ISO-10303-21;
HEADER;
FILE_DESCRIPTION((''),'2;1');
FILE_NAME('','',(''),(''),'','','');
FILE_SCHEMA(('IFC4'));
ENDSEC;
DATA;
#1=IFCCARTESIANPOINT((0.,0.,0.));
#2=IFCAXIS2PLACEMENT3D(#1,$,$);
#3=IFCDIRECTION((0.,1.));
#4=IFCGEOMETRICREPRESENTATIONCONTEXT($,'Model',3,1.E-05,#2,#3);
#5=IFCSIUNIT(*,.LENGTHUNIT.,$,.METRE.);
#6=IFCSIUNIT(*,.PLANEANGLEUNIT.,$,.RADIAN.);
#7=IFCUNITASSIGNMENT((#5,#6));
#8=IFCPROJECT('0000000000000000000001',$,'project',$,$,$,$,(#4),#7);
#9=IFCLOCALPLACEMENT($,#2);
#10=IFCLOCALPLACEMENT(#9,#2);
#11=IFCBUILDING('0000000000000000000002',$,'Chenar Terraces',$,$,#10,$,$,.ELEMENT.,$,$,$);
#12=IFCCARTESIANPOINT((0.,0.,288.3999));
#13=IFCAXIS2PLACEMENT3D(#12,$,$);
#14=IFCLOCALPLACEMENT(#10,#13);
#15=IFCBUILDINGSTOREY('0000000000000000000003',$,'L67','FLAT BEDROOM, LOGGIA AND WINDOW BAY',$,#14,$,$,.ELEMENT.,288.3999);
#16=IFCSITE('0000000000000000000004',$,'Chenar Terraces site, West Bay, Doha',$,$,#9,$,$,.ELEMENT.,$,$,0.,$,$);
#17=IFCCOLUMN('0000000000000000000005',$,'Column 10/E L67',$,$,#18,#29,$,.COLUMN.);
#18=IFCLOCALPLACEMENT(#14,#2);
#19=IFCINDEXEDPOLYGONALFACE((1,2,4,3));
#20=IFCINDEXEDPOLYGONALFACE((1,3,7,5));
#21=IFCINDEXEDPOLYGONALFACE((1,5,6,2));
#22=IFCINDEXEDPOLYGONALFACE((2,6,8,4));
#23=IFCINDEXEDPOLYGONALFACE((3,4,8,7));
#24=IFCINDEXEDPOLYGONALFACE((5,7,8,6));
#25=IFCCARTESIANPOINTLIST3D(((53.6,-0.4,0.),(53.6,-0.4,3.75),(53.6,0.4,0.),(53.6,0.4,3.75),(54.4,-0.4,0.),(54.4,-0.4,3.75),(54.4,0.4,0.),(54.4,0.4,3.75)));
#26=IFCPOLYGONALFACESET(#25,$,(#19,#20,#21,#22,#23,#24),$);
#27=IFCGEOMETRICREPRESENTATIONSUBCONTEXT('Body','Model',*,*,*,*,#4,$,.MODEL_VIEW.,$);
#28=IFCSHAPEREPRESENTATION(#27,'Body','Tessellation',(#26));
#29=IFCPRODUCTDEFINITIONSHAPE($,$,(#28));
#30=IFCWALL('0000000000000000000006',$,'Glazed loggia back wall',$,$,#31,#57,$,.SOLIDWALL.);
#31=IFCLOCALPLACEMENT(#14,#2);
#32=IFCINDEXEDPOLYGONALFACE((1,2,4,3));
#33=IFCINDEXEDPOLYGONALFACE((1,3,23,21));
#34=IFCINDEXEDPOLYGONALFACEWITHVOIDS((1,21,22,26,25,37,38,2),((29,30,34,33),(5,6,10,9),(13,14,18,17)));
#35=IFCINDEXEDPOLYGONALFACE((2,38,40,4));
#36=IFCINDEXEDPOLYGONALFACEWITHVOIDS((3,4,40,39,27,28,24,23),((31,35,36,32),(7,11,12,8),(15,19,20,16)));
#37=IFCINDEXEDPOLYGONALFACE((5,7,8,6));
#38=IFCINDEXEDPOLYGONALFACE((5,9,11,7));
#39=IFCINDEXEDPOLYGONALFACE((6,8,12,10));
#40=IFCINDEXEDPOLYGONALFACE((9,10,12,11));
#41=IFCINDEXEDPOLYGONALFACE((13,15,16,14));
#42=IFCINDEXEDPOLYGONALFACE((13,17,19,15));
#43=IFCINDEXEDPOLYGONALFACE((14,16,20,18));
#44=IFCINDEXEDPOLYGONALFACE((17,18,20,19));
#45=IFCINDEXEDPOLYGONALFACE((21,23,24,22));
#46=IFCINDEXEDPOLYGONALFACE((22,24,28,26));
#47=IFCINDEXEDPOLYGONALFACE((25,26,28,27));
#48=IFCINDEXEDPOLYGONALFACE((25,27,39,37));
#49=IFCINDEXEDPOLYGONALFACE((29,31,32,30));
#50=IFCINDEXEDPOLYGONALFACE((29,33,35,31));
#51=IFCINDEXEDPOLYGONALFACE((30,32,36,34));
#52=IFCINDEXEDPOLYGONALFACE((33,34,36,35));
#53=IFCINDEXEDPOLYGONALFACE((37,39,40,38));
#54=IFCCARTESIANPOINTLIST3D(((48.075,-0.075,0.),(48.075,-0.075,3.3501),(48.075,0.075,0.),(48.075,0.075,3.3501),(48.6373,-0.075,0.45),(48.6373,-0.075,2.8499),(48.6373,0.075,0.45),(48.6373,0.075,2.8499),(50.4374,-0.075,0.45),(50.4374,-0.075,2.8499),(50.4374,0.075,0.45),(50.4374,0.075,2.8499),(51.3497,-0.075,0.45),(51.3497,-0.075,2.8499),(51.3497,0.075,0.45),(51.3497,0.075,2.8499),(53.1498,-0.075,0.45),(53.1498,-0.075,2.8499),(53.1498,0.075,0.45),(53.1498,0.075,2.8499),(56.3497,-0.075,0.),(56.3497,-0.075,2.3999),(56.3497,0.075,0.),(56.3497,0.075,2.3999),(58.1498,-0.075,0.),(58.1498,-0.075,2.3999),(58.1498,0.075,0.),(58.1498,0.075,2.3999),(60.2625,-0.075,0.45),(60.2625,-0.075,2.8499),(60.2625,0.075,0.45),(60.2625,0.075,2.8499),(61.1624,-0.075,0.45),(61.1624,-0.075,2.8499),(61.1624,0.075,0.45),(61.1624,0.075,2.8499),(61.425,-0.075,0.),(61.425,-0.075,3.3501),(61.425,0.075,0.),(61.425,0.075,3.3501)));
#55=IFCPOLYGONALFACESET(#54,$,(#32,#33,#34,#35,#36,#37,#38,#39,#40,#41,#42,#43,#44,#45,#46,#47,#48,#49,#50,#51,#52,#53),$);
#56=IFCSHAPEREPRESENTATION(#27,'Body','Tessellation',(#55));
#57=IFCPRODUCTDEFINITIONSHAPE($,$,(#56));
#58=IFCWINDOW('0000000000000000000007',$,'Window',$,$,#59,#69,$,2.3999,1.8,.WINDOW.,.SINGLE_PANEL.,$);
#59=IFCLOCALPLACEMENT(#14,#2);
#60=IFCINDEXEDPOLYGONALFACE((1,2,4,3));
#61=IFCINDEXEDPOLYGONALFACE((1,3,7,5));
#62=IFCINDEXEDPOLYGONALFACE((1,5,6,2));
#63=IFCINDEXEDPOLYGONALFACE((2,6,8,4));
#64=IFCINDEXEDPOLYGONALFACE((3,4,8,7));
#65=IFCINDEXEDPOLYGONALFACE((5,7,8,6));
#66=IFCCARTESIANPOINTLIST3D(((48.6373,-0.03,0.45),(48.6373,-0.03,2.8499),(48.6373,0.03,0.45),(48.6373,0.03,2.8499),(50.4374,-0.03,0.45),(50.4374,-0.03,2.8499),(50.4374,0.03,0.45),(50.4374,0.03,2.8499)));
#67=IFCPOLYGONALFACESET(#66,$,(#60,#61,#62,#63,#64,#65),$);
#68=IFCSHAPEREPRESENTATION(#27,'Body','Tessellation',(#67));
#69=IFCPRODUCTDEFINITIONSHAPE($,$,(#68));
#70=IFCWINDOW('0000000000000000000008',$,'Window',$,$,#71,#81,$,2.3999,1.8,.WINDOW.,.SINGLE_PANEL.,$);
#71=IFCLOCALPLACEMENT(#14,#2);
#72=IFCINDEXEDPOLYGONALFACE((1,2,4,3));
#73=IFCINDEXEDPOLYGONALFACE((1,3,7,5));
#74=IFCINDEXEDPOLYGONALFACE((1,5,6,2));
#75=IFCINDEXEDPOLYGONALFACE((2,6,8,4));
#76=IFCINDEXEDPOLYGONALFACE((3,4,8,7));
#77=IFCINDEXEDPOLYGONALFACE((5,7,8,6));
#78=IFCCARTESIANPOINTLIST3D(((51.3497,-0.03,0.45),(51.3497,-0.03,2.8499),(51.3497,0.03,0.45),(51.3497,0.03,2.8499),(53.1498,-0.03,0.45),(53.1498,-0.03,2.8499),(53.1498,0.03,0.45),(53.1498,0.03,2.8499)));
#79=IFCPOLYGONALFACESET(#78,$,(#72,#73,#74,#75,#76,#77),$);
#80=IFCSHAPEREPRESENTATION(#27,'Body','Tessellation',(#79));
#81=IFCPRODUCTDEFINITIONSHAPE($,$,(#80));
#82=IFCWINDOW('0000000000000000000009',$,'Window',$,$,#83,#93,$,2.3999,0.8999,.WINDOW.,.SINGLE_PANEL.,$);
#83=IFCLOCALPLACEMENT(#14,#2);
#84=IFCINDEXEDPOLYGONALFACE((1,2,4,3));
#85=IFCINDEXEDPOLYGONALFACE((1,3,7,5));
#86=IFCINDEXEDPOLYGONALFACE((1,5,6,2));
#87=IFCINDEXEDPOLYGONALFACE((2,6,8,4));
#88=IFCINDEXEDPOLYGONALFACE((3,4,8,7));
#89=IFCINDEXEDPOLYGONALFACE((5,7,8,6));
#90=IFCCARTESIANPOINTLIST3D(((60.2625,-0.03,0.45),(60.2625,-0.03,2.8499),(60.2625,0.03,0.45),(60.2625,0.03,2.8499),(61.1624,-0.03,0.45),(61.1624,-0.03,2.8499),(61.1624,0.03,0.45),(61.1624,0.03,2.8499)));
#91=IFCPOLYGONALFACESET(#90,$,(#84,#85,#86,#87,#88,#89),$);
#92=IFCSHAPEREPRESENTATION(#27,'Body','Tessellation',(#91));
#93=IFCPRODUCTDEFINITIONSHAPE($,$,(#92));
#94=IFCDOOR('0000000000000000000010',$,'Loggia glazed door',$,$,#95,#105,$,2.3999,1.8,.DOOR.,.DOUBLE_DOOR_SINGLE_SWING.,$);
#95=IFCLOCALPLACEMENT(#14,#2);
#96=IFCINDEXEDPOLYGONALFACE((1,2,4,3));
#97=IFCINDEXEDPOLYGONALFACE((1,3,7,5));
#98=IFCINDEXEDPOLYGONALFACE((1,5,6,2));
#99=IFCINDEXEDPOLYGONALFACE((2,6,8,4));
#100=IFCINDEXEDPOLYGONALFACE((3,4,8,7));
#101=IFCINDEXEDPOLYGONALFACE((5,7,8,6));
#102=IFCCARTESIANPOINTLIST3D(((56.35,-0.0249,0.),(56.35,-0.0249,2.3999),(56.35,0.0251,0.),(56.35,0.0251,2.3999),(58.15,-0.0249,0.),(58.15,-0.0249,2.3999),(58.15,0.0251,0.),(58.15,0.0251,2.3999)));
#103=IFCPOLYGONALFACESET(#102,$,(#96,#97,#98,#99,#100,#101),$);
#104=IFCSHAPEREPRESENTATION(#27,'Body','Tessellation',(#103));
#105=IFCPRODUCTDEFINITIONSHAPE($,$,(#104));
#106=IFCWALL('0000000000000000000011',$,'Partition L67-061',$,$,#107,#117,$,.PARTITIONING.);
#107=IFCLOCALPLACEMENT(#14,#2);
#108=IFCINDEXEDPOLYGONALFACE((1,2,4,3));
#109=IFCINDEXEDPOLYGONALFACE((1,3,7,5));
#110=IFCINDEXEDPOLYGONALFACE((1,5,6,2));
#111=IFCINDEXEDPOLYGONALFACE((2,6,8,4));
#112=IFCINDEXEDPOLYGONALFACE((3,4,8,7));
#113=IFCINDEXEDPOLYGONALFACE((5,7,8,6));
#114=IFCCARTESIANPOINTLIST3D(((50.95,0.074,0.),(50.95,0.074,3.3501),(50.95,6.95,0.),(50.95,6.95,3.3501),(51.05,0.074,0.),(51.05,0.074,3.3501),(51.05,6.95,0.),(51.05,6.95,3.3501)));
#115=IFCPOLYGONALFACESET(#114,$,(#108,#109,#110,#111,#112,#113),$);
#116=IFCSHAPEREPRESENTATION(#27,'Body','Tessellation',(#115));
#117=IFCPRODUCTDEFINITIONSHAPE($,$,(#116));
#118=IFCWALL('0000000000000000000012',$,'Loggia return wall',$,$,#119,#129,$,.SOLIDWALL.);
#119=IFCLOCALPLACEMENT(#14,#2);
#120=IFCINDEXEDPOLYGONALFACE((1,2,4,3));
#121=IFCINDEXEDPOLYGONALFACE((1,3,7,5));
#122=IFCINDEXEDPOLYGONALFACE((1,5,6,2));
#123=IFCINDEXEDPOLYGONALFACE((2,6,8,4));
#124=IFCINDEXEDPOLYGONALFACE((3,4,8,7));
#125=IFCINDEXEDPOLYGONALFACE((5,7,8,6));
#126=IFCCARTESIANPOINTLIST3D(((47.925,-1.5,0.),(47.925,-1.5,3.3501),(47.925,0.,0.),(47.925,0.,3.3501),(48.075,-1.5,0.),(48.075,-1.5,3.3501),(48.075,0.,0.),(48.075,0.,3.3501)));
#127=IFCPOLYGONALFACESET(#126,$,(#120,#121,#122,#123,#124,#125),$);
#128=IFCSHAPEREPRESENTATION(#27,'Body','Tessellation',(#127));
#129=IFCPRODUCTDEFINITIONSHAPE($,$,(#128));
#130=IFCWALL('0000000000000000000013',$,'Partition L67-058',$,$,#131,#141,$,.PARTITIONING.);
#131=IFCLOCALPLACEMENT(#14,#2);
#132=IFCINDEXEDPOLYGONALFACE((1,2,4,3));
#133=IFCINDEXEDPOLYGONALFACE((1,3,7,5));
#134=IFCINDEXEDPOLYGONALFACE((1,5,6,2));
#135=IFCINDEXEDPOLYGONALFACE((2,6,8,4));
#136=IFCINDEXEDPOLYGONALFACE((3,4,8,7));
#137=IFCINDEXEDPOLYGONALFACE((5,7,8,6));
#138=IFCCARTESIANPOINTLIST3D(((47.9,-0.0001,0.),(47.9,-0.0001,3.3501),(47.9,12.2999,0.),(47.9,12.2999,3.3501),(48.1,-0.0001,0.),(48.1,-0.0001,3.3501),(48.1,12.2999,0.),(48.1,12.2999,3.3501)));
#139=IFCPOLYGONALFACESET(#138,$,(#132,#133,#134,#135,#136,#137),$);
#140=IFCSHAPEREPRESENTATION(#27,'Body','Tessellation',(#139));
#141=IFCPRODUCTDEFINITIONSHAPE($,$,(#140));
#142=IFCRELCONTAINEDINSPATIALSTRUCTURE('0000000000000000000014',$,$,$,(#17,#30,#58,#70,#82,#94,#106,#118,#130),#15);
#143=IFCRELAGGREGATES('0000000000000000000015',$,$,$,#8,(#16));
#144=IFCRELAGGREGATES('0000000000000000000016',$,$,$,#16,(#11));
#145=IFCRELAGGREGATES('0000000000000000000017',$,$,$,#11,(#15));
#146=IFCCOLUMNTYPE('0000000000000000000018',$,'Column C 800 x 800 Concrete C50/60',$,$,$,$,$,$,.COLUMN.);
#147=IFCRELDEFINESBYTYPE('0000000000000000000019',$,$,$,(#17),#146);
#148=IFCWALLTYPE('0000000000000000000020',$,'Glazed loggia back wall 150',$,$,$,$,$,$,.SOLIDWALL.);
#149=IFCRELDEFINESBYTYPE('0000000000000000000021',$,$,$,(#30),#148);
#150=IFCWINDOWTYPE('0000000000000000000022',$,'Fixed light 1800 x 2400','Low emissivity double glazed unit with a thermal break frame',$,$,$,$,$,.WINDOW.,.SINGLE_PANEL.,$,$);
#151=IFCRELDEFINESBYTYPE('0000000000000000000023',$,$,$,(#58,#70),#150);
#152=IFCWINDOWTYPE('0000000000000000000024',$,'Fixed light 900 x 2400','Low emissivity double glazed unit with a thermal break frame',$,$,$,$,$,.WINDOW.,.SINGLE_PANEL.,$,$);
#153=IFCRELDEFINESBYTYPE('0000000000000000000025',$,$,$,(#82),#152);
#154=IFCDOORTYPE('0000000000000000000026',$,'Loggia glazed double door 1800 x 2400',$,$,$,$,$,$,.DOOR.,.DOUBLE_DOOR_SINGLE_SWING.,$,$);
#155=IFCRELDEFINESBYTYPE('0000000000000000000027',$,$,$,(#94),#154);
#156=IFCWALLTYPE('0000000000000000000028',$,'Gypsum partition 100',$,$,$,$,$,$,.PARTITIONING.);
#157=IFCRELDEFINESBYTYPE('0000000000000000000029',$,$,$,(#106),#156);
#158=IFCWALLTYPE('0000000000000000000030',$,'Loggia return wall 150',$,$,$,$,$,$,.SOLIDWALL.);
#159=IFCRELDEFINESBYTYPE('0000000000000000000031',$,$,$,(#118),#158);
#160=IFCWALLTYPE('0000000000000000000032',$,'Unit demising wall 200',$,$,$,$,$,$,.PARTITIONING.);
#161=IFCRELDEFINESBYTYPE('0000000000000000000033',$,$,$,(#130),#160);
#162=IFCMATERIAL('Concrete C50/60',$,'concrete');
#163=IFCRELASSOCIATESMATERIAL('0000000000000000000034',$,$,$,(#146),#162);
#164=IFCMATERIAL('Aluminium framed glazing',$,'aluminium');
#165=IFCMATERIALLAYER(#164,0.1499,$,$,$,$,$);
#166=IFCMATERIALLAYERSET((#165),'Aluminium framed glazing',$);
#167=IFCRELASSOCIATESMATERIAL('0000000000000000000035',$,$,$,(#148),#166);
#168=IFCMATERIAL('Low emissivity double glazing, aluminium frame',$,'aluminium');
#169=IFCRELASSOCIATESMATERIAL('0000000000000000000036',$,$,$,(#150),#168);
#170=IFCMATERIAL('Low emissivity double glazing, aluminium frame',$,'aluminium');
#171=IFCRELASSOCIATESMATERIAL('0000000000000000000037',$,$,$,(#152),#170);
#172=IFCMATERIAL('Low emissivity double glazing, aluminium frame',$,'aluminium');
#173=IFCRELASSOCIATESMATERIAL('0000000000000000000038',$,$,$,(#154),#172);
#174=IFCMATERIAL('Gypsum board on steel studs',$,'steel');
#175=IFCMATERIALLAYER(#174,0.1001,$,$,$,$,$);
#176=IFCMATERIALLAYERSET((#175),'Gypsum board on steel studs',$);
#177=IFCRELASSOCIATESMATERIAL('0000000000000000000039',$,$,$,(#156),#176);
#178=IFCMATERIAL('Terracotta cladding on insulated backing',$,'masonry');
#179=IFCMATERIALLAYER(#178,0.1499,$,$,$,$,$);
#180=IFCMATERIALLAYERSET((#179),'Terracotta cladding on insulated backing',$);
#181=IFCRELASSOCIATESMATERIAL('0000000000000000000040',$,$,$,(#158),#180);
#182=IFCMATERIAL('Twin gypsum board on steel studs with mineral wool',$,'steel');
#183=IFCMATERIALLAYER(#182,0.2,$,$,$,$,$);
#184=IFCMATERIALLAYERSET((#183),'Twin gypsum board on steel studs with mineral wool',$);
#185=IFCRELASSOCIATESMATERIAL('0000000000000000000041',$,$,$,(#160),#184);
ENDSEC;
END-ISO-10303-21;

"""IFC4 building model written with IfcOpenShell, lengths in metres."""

from ifc_helpers import new_model, si_unit, direction, frame, frame_2d, origin, origin_2d, place, context, subcontext, project, spatial, rectangle, extrude, material, layer, layer_set, material_profile, profile_set, type_object, element, fill, save


model = new_model("IFC4")

# Units and contexts
model_context = context("Model", 3, precision=1e-05, world=origin(), true_north=direction((0.0, 1.0)))
body_context = subcontext(model_context, "Body", "Model", "MODEL_VIEW")
ifc_project = project(units=[si_unit("LENGTHUNIT", "METRE"), si_unit("PLANEANGLEUNIT", "RADIAN")], contexts=[model_context])

# Site, building, storey
site_placement = place(None, origin())
site = spatial("IfcSite", under=ifc_project, at=site_placement, Name="Chenar Terraces site, West Bay, Doha", CompositionType="ELEMENT", RefElevation=0.0)
building_placement = place(site_placement, origin())
building = spatial("IfcBuilding", under=site, at=building_placement, Name="Chenar Terraces", CompositionType="ELEMENT")
storey_placement = place(building_placement, frame((0.0, 0.0, 288.3999)))
storey = spatial("IfcBuildingStorey", under=building, at=storey_placement, Name="L67", Description="FLAT BEDROOM, LOGGIA AND WINDOW BAY", CompositionType="ELEMENT", Elevation=288.3999)

# Column
ifc_material_1 = material(Name="Concrete C50/60", Category="concrete")
ifc_material_profile_1 = material_profile(ifc_material_1, rectangle(XDim=0.8, YDim=0.8, at=origin_2d()), Name="C 800 x 800")
ifc_profile_set_1 = profile_set([ifc_material_profile_1], Name="Concrete C50/60")
column_type = type_object("IfcColumnType", Name="Column C 800 x 800 Concrete C50/60", PredefinedType="COLUMN", material=ifc_profile_set_1)
column_placement = place(storey_placement, frame((54.0, 0.0, 0.0), z_axis=(0.0, 0.0, 1.0), x_axis=(1.0, 0.0, 0.0)))
element("IfcColumn", 1, at=column_placement, inside=storey, type_object=column_type, Name="Column 10/E L67", PredefinedType="COLUMN", context=body_context, shape_type="SweptSolid", body=[
    extrude(rectangle(XDim=0.8, YDim=0.8, at=origin_2d()), origin(), (0.0, 0.0, 1.0), 3.75),
])

# Wall, openings, windows, door
ifc_material_2 = material(Name="Aluminium framed glazing", Category="aluminium")
ifc_layer_1 = layer(ifc_material_2, 0.1499)
ifc_layer_set_1 = layer_set([ifc_layer_1], Name="Aluminium framed glazing")
wall_type_1 = type_object("IfcWallType", Name="Glazed loggia back wall 150", PredefinedType="SOLIDWALL", material=ifc_layer_set_1)
wall_1_placement = place(storey_placement, frame((48.075, 0.0, 0.0), z_axis=(0.0, 0.0, 1.0), x_axis=(1.0, 0.0, 0.0)))
wall_1 = element("IfcWall", 2, at=wall_1_placement, inside=storey, type_object=wall_type_1, Name="Glazed loggia back wall", PredefinedType="SOLIDWALL", context=body_context, shape_type="SweptSolid", body=[
    extrude(rectangle(XDim=13.3501, YDim=0.1499, at=frame_2d((6.675, 0.0))), origin(), (0.0, 0.0, 1.0), 3.3501),
])
opening_1_placement = place(wall_1_placement, frame((0.5625, 0.0, 0.45)))
opening_1 = element("IfcOpeningElement", 3, at=opening_1_placement, cuts=wall_1, PredefinedType="OPENING", context=body_context, shape_type="SweptSolid", body=[
    extrude(rectangle(XDim=1.8, YDim=2.3999, at=frame_2d((0.8999, 1.2))), frame((0.0, 0.085, 0.0), z_axis=(0.0, -1.0, 0.0), x_axis=(1.0, 0.0, 0.0)), (0.0, 0.0, 1.0), 0.1699),
])
opening_2_placement = place(wall_1_placement, frame((3.2749, 0.0, 0.45)))
opening_2 = element("IfcOpeningElement", 4, at=opening_2_placement, cuts=wall_1, PredefinedType="OPENING", context=body_context, shape_type="SweptSolid", body=[
    extrude(rectangle(XDim=1.8, YDim=2.3999, at=frame_2d((0.8999, 1.2))), frame((0.0, 0.085, 0.0), z_axis=(0.0, -1.0, 0.0), x_axis=(1.0, 0.0, 0.0)), (0.0, 0.0, 1.0), 0.1699),
])
opening_3_placement = place(wall_1_placement, frame((8.2749, 0.0, 0.0)))
opening_3 = element("IfcOpeningElement", 5, at=opening_3_placement, cuts=wall_1, PredefinedType="OPENING", context=body_context, shape_type="SweptSolid", body=[
    extrude(rectangle(XDim=1.8, YDim=2.3999, at=frame_2d((0.8999, 1.2))), frame((0.0, 0.085, 0.0), z_axis=(0.0, -1.0, 0.0), x_axis=(1.0, 0.0, 0.0)), (0.0, 0.0, 1.0), 0.1699),
])
opening_4_placement = place(wall_1_placement, frame((12.1875, 0.0, 0.45)))
opening_4 = element("IfcOpeningElement", 6, at=opening_4_placement, cuts=wall_1, PredefinedType="OPENING", context=body_context, shape_type="SweptSolid", body=[
    extrude(rectangle(XDim=0.8999, YDim=2.3999, at=frame_2d((0.45, 1.2))), frame((0.0, 0.085, 0.0), z_axis=(0.0, -1.0, 0.0), x_axis=(1.0, 0.0, 0.0)), (0.0, 0.0, 1.0), 0.1699),
])
ifc_material_3 = material(Name="Low emissivity double glazing, aluminium frame", Category="aluminium")
window_type_1 = type_object("IfcWindowType", Name="Fixed light 1800 x 2400", Description="Low emissivity double glazed unit with a thermal break frame", PartitioningType="SINGLE_PANEL", PredefinedType="WINDOW", material=ifc_material_3)
window_1_placement = place(opening_1_placement, origin())
window_1 = element("IfcWindow", 7, at=window_1_placement, inside=storey, type_object=window_type_1, Name="Window", OverallHeight=2.3999, OverallWidth=1.8, PartitioningType="SINGLE_PANEL", PredefinedType="WINDOW", context=body_context, shape_type="SweptSolid", body=[
    extrude(rectangle(XDim=1.8, YDim=2.3999, at=frame_2d((0.8999, 1.2))), frame((0.0, 0.03, 0.0), z_axis=(0.0, -1.0, 0.0), x_axis=(1.0, 0.0, 0.0)), (0.0, 0.0, 1.0), 0.0601),
])
fill(opening_1, window_1)
window_2_placement = place(opening_2_placement, origin())
window_2 = element("IfcWindow", 8, at=window_2_placement, inside=storey, type_object=window_type_1, Name="Window", OverallHeight=2.3999, OverallWidth=1.8, PartitioningType="SINGLE_PANEL", PredefinedType="WINDOW", context=body_context, shape_type="SweptSolid", body=[
    extrude(rectangle(XDim=1.8, YDim=2.3999, at=frame_2d((0.8999, 1.2))), frame((0.0, 0.03, 0.0), z_axis=(0.0, -1.0, 0.0), x_axis=(1.0, 0.0, 0.0)), (0.0, 0.0, 1.0), 0.0601),
])
fill(opening_2, window_2)
ifc_material_4 = material(Name="Low emissivity double glazing, aluminium frame", Category="aluminium")
window_type_2 = type_object("IfcWindowType", Name="Fixed light 900 x 2400", Description="Low emissivity double glazed unit with a thermal break frame", PartitioningType="SINGLE_PANEL", PredefinedType="WINDOW", material=ifc_material_4)
window_3_placement = place(opening_4_placement, origin())
window_3 = element("IfcWindow", 9, at=window_3_placement, inside=storey, type_object=window_type_2, Name="Window", OverallHeight=2.3999, OverallWidth=0.8999, PartitioningType="SINGLE_PANEL", PredefinedType="WINDOW", context=body_context, shape_type="SweptSolid", body=[
    extrude(rectangle(XDim=0.8999, YDim=2.3999, at=frame_2d((0.45, 1.2))), frame((0.0, 0.03, 0.0), z_axis=(0.0, -1.0, 0.0), x_axis=(1.0, 0.0, 0.0)), (0.0, 0.0, 1.0), 0.0601),
])
fill(opening_4, window_3)
ifc_material_5 = material(Name="Low emissivity double glazing, aluminium frame", Category="aluminium")
door_type = type_object("IfcDoorType", Name="Loggia glazed double door 1800 x 2400", OperationType="DOUBLE_DOOR_SINGLE_SWING", PredefinedType="DOOR", material=ifc_material_5)
door_placement = place(opening_3_placement, frame((1.8, 0.0, 0.0), z_axis=(0.0, 0.0, 1.0), x_axis=(-1.0, 0.0, 0.0)))
door = element("IfcDoor", 10, at=door_placement, inside=storey, type_object=door_type, Name="Loggia glazed door", OperationType="DOUBLE_DOOR_SINGLE_SWING", OverallHeight=2.3999, OverallWidth=1.8, PredefinedType="DOOR", context=body_context, shape_type="SweptSolid", body=[
    extrude(rectangle(XDim=1.8, YDim=2.3999, at=frame_2d((0.8999, 1.2))), frame((0.0, 0.0249, 0.0), z_axis=(0.0, -1.0, 0.0), x_axis=(1.0, 0.0, 0.0)), (0.0, 0.0, 1.0), 0.05),
])
fill(opening_3, door)

# Walls
ifc_material_6 = material(Name="Gypsum board on steel studs", Category="steel")
ifc_layer_2 = layer(ifc_material_6, 0.1001)
ifc_layer_set_2 = layer_set([ifc_layer_2], Name="Gypsum board on steel studs")
wall_type_2 = type_object("IfcWallType", Name="Gypsum partition 100", PredefinedType="PARTITIONING", material=ifc_layer_set_2)
wall_2_placement = place(storey_placement, frame((51.0, 0.074, 0.0), z_axis=(0.0, 0.0, 1.0), x_axis=(0.0, 1.0, 0.0)))
element("IfcWall", 11, at=wall_2_placement, inside=storey, type_object=wall_type_2, Name="Partition L67-061", PredefinedType="PARTITIONING", context=body_context, shape_type="SweptSolid", body=[
    extrude(rectangle(XDim=6.876, YDim=0.1001, at=frame_2d((3.438, 0.0))), origin(), (0.0, 0.0, 1.0), 3.3501),
])
ifc_material_7 = material(Name="Terracotta cladding on insulated backing", Category="masonry")
ifc_layer_3 = layer(ifc_material_7, 0.1499)
ifc_layer_set_3 = layer_set([ifc_layer_3], Name="Terracotta cladding on insulated backing")
wall_type_3 = type_object("IfcWallType", Name="Loggia return wall 150", PredefinedType="SOLIDWALL", material=ifc_layer_set_3)
wall_3_placement = place(storey_placement, frame((48.0, -1.5, 0.0), z_axis=(0.0, 0.0, 1.0), x_axis=(0.0, 1.0, 0.0)))
element("IfcWall", 12, at=wall_3_placement, inside=storey, type_object=wall_type_3, Name="Loggia return wall", PredefinedType="SOLIDWALL", context=body_context, shape_type="SweptSolid", body=[
    extrude(rectangle(XDim=1.5, YDim=0.1499, at=frame_2d((0.75, 0.0))), origin(), (0.0, 0.0, 1.0), 3.3501),
])
ifc_material_8 = material(Name="Twin gypsum board on steel studs with mineral wool", Category="steel")
ifc_layer_4 = layer(ifc_material_8, 0.2)
ifc_layer_set_4 = layer_set([ifc_layer_4], Name="Twin gypsum board on steel studs with mineral wool")
wall_type_4 = type_object("IfcWallType", Name="Unit demising wall 200", PredefinedType="PARTITIONING", material=ifc_layer_set_4)
wall_4_placement = place(storey_placement, frame((48.0, 0.0, 0.0), z_axis=(0.0, 0.0, 1.0), x_axis=(0.0, 1.0, 0.0)))
element("IfcWall", 13, at=wall_4_placement, inside=storey, type_object=wall_type_4, Name="Partition L67-058", PredefinedType="PARTITIONING", context=body_context, shape_type="SweptSolid", body=[
    extrude(rectangle(XDim=12.3, YDim=0.2, at=frame_2d((6.1499, 0.0))), origin(), (0.0, 0.0, 1.0), 3.3501),
])

save(model, "model.ifc")
